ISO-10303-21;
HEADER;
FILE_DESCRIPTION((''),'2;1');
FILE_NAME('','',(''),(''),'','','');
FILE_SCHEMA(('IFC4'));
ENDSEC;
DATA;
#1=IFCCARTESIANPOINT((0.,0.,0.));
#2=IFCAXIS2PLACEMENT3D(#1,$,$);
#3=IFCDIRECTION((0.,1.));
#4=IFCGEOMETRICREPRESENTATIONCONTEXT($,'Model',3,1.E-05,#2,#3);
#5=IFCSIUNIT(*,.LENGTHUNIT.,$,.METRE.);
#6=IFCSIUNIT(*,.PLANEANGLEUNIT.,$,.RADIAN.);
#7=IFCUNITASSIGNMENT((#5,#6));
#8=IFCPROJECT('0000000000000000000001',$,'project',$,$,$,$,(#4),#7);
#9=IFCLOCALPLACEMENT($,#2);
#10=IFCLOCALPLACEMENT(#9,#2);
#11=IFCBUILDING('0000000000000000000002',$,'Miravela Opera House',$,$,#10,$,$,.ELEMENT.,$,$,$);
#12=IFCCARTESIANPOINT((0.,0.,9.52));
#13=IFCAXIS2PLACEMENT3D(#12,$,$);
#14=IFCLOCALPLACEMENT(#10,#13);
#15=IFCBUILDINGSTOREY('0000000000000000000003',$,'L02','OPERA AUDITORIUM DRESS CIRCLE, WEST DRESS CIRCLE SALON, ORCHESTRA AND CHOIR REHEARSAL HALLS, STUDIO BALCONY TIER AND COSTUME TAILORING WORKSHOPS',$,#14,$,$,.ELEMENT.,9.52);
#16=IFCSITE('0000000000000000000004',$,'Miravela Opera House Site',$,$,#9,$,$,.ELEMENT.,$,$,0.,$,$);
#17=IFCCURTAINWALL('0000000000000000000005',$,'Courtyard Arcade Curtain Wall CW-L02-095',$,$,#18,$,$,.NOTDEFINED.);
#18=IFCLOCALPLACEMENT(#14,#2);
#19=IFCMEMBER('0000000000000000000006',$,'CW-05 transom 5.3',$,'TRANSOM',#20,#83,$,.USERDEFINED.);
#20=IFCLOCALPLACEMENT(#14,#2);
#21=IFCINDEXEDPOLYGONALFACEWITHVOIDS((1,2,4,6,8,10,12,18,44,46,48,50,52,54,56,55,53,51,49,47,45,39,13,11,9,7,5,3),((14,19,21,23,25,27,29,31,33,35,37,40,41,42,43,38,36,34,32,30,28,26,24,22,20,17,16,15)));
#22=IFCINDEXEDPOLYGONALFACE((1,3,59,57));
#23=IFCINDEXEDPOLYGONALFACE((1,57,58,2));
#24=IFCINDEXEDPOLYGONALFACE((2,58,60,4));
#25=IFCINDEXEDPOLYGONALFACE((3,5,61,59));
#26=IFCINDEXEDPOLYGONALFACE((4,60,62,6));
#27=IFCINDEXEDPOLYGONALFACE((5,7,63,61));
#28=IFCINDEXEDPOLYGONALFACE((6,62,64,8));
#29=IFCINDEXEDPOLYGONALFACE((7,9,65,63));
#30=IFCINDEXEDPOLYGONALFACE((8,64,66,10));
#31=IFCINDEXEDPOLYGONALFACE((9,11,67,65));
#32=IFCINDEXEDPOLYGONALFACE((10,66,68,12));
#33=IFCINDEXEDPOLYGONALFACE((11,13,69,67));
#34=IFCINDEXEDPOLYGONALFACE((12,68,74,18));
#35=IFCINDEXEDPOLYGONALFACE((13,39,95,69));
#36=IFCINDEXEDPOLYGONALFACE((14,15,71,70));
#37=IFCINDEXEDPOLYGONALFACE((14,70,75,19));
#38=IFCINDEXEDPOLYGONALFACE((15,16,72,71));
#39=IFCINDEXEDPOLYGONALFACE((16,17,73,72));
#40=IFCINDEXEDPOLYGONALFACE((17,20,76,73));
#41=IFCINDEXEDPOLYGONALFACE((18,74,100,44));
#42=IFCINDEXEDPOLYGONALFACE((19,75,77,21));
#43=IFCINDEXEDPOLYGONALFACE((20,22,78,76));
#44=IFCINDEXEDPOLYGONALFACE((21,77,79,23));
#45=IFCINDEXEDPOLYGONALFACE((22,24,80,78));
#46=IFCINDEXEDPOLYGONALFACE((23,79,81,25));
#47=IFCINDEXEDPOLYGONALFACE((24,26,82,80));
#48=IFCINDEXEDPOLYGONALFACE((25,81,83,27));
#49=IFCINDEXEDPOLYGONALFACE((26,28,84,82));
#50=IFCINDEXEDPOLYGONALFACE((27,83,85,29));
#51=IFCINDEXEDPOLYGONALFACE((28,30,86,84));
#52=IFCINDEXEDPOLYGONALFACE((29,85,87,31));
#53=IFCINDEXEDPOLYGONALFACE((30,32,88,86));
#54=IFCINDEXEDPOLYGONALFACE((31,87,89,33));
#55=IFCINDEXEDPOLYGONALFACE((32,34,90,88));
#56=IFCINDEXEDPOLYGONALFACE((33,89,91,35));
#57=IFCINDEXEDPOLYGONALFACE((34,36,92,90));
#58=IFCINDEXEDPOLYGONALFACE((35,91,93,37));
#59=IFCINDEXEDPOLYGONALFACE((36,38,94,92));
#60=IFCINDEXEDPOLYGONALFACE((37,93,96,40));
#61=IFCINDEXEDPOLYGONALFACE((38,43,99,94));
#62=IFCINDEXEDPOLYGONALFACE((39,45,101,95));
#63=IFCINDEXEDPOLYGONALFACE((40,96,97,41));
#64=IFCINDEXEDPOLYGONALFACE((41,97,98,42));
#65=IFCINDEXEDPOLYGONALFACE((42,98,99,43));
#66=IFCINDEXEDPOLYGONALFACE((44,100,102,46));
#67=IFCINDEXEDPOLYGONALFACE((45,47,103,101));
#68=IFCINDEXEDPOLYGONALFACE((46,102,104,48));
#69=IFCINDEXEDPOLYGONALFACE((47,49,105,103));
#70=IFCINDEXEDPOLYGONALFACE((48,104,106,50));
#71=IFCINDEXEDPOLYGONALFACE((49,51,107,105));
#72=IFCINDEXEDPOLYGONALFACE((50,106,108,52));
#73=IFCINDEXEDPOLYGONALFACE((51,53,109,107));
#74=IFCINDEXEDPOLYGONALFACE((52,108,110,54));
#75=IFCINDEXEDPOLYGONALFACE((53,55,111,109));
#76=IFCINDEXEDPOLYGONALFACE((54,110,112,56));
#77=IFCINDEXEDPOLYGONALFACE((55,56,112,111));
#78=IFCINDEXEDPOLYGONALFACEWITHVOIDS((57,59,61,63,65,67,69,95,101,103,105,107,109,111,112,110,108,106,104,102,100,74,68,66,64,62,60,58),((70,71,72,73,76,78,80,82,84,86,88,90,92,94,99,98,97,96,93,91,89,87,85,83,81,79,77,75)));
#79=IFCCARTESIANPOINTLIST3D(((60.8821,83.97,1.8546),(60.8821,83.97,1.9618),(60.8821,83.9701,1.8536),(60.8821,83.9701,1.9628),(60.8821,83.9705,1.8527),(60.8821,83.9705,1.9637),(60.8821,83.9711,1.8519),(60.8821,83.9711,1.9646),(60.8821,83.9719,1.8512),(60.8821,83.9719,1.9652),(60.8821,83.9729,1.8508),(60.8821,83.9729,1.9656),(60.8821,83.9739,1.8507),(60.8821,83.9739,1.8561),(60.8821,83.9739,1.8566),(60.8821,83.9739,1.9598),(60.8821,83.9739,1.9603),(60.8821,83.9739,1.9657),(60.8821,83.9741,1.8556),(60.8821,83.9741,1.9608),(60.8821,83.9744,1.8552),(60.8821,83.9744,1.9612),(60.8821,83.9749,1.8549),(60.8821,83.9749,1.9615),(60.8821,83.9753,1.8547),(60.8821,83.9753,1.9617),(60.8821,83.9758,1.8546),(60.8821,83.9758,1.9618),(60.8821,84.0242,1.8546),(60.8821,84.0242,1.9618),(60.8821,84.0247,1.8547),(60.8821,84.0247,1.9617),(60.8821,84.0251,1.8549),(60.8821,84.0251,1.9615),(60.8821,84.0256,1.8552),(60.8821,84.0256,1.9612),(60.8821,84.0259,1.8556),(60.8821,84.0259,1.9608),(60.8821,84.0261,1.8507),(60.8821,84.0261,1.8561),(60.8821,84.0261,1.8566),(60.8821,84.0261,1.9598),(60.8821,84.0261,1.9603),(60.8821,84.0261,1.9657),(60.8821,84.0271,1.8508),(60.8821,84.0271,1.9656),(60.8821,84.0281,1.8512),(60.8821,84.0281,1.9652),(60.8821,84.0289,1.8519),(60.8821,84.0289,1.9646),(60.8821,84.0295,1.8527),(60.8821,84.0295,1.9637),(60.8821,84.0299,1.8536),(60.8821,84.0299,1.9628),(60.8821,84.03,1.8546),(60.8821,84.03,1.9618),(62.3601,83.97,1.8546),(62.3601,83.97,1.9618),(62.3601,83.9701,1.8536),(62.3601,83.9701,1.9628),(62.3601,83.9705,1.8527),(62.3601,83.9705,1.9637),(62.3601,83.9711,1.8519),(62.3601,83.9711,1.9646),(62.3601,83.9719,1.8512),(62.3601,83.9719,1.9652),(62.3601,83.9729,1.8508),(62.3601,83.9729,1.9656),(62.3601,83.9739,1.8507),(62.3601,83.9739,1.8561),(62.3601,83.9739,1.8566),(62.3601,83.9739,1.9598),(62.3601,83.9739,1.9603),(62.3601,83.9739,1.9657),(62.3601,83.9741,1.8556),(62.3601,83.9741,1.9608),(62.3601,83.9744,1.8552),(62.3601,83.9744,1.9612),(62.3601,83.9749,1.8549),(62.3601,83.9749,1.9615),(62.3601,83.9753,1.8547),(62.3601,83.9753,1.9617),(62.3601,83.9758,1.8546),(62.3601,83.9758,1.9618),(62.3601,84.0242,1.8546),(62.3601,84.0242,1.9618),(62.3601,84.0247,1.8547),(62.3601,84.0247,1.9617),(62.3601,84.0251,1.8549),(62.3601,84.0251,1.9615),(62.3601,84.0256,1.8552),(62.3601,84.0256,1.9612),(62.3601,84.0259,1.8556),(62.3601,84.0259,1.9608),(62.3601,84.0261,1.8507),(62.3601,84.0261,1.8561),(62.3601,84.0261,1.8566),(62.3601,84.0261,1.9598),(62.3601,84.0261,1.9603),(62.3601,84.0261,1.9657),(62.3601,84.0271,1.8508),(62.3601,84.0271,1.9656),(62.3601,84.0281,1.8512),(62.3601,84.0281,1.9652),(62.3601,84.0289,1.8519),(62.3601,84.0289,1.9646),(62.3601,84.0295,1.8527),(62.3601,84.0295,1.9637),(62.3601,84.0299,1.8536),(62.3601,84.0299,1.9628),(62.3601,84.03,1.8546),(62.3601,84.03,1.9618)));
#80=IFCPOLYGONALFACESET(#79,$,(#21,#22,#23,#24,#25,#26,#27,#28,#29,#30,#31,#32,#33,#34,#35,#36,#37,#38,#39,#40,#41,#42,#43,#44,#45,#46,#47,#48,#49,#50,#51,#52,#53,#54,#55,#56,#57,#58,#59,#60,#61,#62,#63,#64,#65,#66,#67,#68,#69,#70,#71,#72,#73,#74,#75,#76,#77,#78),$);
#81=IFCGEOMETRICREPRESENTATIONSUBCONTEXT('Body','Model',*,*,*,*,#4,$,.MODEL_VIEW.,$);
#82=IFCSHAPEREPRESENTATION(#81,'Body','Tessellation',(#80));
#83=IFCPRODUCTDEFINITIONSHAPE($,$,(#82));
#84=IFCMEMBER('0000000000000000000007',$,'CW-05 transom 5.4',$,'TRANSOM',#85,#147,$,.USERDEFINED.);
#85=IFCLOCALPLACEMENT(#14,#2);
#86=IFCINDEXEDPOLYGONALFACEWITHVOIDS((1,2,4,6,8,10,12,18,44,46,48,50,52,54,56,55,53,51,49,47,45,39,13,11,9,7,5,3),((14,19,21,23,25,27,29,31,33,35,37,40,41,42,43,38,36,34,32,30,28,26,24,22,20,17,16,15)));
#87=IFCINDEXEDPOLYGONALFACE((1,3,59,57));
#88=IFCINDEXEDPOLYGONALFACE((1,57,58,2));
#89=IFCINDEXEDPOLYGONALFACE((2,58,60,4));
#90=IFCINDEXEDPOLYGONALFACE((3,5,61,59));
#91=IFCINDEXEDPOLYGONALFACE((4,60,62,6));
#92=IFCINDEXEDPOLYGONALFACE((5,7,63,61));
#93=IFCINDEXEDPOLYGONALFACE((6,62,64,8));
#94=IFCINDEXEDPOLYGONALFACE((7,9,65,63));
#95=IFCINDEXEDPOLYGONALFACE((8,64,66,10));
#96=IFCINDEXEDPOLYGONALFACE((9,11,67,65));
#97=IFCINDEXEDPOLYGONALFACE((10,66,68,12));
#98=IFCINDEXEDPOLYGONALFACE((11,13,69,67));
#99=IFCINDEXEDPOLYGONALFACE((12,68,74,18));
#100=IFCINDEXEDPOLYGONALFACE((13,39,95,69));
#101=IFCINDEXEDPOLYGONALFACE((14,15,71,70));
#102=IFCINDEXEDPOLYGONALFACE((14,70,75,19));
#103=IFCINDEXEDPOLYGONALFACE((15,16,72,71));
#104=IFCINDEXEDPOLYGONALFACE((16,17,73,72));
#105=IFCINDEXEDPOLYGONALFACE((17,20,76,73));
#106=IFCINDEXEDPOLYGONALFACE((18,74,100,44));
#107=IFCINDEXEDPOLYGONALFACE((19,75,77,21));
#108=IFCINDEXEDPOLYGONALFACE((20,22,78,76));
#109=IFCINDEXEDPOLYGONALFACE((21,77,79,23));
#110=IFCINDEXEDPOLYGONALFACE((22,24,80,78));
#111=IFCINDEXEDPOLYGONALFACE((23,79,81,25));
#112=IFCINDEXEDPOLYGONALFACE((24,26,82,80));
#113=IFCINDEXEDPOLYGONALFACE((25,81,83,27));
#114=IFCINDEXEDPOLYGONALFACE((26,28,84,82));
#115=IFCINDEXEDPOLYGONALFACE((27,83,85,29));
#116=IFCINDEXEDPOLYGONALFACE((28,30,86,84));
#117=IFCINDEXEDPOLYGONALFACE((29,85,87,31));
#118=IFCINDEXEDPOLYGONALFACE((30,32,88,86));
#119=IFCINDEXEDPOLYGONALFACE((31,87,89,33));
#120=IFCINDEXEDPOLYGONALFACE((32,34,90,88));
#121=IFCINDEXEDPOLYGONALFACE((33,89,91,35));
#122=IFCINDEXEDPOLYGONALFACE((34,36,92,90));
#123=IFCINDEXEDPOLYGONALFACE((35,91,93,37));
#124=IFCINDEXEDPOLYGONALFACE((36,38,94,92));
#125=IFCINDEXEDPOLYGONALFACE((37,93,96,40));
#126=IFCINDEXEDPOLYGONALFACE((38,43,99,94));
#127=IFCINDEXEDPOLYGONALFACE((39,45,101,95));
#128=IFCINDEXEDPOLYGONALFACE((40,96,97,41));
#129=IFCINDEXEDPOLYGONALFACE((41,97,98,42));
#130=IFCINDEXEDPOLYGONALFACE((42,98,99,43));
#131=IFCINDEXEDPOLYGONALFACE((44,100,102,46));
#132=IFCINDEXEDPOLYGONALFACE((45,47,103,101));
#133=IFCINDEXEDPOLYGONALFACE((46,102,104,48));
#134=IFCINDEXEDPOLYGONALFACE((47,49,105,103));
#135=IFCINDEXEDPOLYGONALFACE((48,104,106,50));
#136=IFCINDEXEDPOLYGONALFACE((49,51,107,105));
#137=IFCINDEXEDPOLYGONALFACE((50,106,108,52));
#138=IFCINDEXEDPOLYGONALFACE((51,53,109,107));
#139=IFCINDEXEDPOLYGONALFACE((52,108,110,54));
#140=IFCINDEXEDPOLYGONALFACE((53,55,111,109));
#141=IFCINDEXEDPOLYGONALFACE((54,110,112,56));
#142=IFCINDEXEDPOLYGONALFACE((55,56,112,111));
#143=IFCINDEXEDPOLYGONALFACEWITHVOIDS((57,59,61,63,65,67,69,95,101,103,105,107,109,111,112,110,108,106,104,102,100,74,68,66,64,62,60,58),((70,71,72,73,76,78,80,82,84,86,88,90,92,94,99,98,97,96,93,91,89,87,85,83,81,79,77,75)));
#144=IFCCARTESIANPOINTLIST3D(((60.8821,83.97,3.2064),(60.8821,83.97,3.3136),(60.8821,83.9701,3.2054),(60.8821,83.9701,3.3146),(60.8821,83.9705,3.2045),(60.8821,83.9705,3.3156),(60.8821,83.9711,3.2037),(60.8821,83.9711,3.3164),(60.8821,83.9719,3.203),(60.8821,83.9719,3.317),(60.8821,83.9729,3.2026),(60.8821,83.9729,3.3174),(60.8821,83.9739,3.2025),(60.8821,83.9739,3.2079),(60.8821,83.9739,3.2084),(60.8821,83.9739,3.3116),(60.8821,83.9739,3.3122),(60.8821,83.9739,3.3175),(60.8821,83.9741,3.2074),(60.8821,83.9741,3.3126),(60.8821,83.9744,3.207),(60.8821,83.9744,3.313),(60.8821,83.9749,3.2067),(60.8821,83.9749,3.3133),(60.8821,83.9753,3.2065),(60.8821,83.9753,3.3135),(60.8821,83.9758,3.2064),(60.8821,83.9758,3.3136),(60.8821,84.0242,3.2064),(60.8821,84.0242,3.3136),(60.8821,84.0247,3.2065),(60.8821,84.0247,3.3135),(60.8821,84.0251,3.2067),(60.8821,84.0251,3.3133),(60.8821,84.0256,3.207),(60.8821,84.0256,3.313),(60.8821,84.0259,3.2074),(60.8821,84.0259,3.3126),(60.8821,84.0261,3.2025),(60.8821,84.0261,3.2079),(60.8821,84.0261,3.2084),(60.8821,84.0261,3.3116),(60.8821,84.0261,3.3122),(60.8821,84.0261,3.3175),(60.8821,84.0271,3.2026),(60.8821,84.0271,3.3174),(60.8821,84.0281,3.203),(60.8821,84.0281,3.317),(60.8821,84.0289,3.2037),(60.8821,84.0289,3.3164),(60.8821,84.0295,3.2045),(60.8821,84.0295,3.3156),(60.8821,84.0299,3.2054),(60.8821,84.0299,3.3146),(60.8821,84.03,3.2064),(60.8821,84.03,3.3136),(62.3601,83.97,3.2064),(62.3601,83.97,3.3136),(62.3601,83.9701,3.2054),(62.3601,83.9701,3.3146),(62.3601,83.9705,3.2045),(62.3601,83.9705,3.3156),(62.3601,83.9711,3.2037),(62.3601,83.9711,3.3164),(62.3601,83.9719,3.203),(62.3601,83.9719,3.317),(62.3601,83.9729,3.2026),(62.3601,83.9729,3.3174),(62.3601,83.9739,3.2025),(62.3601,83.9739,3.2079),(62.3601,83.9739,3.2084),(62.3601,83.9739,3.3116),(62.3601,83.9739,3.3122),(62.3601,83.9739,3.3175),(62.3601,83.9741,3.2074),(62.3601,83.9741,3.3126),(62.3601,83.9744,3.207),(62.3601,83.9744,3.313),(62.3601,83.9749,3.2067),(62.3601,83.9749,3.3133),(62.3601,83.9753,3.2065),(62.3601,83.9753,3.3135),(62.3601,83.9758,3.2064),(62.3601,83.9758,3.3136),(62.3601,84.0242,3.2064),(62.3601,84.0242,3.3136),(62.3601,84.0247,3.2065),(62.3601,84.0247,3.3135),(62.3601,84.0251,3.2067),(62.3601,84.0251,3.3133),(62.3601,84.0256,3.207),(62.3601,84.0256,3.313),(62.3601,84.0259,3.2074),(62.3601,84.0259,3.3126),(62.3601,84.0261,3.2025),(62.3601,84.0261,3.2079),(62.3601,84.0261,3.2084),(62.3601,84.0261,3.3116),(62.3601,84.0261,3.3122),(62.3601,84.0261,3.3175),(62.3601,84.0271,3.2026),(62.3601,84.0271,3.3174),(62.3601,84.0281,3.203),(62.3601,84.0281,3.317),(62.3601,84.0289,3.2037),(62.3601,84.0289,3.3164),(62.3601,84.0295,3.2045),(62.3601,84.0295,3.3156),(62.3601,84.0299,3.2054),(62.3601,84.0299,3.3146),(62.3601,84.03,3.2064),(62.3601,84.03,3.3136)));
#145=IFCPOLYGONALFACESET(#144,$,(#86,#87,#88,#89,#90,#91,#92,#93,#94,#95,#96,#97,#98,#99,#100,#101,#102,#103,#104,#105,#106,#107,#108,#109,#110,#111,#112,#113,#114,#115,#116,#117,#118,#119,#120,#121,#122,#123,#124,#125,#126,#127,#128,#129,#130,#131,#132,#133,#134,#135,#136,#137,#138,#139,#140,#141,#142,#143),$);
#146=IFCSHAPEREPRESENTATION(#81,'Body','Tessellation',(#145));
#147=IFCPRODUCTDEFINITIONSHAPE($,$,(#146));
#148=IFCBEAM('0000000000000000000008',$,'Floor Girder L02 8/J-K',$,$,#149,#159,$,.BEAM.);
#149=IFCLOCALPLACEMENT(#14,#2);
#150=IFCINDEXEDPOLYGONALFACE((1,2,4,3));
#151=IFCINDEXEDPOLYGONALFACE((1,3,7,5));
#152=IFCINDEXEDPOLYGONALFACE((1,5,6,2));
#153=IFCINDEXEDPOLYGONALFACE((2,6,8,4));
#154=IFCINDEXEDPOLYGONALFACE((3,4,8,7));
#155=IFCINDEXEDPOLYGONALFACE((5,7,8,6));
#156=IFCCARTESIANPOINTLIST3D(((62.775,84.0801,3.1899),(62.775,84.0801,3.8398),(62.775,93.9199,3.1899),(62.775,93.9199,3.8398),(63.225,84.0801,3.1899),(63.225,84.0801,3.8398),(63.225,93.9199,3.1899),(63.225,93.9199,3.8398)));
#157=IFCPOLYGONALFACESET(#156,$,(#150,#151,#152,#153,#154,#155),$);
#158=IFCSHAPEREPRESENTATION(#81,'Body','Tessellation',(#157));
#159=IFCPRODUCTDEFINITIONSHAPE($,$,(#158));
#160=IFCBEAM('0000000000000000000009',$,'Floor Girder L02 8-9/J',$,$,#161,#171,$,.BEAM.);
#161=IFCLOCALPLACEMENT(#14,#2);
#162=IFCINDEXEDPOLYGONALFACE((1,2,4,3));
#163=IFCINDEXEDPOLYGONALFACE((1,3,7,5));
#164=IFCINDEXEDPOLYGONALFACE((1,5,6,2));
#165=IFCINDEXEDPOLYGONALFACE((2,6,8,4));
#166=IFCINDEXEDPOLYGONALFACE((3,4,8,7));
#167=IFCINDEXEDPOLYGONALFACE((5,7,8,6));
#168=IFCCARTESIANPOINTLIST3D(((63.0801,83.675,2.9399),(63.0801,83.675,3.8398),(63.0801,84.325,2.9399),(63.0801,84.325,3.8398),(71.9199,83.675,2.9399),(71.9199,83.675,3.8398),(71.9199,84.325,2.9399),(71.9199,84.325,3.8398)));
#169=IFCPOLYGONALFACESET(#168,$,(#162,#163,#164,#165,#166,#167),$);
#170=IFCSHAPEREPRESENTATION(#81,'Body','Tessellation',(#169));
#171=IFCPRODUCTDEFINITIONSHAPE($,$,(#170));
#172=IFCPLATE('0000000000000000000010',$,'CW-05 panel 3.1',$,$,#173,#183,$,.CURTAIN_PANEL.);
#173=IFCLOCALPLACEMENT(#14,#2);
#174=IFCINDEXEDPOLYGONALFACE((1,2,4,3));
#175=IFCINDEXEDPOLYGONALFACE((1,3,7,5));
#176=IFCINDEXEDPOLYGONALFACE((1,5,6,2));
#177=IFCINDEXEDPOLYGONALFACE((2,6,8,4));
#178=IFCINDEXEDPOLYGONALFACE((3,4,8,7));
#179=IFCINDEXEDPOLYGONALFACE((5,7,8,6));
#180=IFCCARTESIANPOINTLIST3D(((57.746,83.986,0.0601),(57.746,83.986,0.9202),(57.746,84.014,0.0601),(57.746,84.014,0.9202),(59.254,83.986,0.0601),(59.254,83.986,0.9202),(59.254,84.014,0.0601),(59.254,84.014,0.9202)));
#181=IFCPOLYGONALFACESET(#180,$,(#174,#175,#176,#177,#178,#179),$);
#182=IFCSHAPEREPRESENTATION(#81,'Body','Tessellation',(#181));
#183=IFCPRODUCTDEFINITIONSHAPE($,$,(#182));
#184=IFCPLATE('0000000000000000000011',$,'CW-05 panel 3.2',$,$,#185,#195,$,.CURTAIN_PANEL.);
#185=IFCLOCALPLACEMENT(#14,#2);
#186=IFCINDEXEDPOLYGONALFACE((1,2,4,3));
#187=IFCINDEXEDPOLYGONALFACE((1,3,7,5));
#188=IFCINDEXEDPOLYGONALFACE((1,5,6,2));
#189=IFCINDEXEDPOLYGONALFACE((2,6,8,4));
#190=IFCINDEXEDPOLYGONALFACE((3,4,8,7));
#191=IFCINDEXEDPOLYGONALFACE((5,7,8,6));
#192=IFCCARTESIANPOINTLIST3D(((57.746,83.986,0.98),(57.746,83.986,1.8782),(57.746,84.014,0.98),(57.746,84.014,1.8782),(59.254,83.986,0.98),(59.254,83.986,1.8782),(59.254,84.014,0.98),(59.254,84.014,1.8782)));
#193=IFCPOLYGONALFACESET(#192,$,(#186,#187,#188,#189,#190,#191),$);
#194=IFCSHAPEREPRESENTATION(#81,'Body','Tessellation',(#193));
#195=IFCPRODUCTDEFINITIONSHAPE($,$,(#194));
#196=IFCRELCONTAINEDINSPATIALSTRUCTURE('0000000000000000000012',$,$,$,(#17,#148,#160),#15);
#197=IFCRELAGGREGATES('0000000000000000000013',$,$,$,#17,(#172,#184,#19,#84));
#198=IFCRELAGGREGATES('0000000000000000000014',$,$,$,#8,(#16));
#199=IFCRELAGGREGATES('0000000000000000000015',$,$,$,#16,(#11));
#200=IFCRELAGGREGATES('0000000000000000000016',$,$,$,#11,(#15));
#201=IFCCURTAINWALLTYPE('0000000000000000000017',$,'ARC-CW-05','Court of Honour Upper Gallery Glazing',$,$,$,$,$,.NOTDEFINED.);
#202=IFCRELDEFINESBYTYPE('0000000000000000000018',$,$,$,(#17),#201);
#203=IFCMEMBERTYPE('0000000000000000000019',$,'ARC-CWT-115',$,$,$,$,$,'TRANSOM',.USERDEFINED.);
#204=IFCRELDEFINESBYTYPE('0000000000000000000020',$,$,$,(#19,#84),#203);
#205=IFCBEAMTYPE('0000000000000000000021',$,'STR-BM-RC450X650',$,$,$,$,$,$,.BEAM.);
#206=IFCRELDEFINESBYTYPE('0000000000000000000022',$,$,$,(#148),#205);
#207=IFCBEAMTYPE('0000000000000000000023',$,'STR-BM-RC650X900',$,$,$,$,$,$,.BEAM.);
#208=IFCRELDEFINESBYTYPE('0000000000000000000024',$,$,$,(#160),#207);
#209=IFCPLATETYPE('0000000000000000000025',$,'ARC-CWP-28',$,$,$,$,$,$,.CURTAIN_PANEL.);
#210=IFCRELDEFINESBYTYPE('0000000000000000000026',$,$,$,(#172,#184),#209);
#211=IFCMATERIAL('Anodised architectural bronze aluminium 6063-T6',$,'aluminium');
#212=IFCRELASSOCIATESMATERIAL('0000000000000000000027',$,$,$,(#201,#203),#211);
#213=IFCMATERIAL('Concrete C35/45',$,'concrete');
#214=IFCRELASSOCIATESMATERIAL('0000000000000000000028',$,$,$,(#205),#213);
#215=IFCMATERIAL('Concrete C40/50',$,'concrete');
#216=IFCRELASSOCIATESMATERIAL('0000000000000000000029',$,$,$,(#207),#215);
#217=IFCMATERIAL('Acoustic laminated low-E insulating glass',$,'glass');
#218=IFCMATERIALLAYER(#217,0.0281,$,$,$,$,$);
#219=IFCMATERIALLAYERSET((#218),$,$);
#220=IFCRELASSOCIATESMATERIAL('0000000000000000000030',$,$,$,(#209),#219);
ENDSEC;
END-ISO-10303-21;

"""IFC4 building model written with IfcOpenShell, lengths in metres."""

from ifc_helpers import new_model, si_unit, direction, frame, origin, origin_2d, place, context, subcontext, project, spatial, rectangle, hollow_rectangle, extrude, material, layer, layer_set, material_profile, profile_set, type_object, element, aggregate, save


model = new_model("IFC4")

# Units and contexts
model_context = context("Model", 3, precision=1e-05, world=origin(), true_north=direction((0.0, 1.0)))
body_context = subcontext(model_context, "Body", "Model", "MODEL_VIEW")
ifc_project = project(units=[si_unit("LENGTHUNIT", "METRE"), si_unit("PLANEANGLEUNIT", "RADIAN")], contexts=[model_context])

# Site, building, storey
site_placement = place(None, origin())
site = spatial("IfcSite", under=ifc_project, at=site_placement, Name="Miravela Opera House Site", CompositionType="ELEMENT", RefElevation=0.0)
building_placement = place(site_placement, origin())
building = spatial("IfcBuilding", under=site, at=building_placement, Name="Miravela Opera House", CompositionType="ELEMENT")
storey_placement = place(building_placement, frame((0.0, 0.0, 9.52)))
storey = spatial("IfcBuildingStorey", under=building, at=storey_placement, Name="L02", Description="OPERA AUDITORIUM DRESS CIRCLE, WEST DRESS CIRCLE SALON, ORCHESTRA AND CHOIR REHEARSAL HALLS, STUDIO BALCONY TIER AND COSTUME TAILORING WORKSHOPS", CompositionType="ELEMENT", Elevation=9.52)

# Shared definitions
ifc_material_1 = material(Name="Concrete C35/45", Category="concrete")

# Curtain wall
ifc_material_2 = material(Name="Anodised architectural bronze aluminium 6063-T6", Category="aluminium")
curtain_wall_type = type_object("IfcCurtainWallType", Name="ARC-CW-05", Description="Court of Honour Upper Gallery Glazing", PredefinedType="NOTDEFINED", material=ifc_material_2)
curtain_wall_1_placement = place(storey_placement, origin())
curtain_wall_1 = element("IfcCurtainWall", 1, at=curtain_wall_1_placement, inside=storey, type_object=curtain_wall_type, Name="Courtyard Arcade Curtain Wall CW-L02-095", PredefinedType="NOTDEFINED")

# Members
ifc_material_profile_1 = material_profile(ifc_material_2, hollow_rectangle(XDim=0.0601, YDim=0.115, WallThickness=0.0039, InnerFilletRadius=0.002, OuterFilletRadius=0.0039, at=origin_2d()), Name="CWT-60X115")
ifc_profile_set_1 = profile_set([ifc_material_profile_1])
member_type_1 = type_object("IfcMemberType", Name="ARC-CWT-115", ElementType="TRANSOM", PredefinedType="USERDEFINED", material=ifc_profile_set_1)
member_1_placement = place(storey_placement, frame((60.8821, 84.0, 1.9082), z_axis=(1.0, 0.0, 0.0), x_axis=(0.0, 1.0, 0.0)))
member_1 = element("IfcMember", 2, at=member_1_placement, type_object=member_type_1, Name="CW-05 transom 5.3", ObjectType="TRANSOM", PredefinedType="USERDEFINED", context=body_context, shape_type="SweptSolid", body=[
    extrude(hollow_rectangle(XDim=0.0601, YDim=0.115, WallThickness=0.0039, InnerFilletRadius=0.002, OuterFilletRadius=0.0039, at=origin_2d()), origin(), (0.0, 0.0, 1.0), 1.478),
])
member_2_placement = place(storey_placement, frame((60.8821, 84.0, 3.26), z_axis=(1.0, 0.0, 0.0), x_axis=(0.0, 1.0, 0.0)))
member_2 = element("IfcMember", 3, at=member_2_placement, type_object=member_type_1, Name="CW-05 transom 5.4", ObjectType="TRANSOM", PredefinedType="USERDEFINED", context=body_context, shape_type="SweptSolid", body=[
    extrude(hollow_rectangle(XDim=0.0601, YDim=0.115, WallThickness=0.0039, InnerFilletRadius=0.002, OuterFilletRadius=0.0039, at=origin_2d()), origin(), (0.0, 0.0, 1.0), 1.478),
])

# Beams
ifc_material_profile_2 = material_profile(ifc_material_1, rectangle(XDim=0.45, YDim=0.6499, at=origin_2d()), Name="RC-BM-450X650")
ifc_profile_set_2 = profile_set([ifc_material_profile_2])
beam_type_1 = type_object("IfcBeamType", Name="STR-BM-RC450X650", PredefinedType="BEAM", material=ifc_profile_set_2)
beam_1_placement = place(storey_placement, frame((63.0, 84.0801, 3.5149), z_axis=(0.0, 1.0, 0.0), x_axis=(-1.0, 0.0, 0.0)))
element("IfcBeam", 4, at=beam_1_placement, inside=storey, type_object=beam_type_1, Name="Floor Girder L02 8/J-K", PredefinedType="BEAM", context=body_context, shape_type="SweptSolid", body=[
    extrude(rectangle(XDim=0.45, YDim=0.6499, at=origin_2d()), origin(), (0.0, 0.0, 1.0), 9.8398),
])
ifc_material_3 = material(Name="Concrete C40/50", Category="concrete")
ifc_material_profile_3 = material_profile(ifc_material_3, rectangle(XDim=0.6499, YDim=0.8999, at=origin_2d()), Name="RC-BM-650X900")
ifc_profile_set_3 = profile_set([ifc_material_profile_3])
beam_type_2 = type_object("IfcBeamType", Name="STR-BM-RC650X900", PredefinedType="BEAM", material=ifc_profile_set_3)
beam_2_placement = place(storey_placement, frame((63.0801, 84.0, 3.3899), z_axis=(1.0, 0.0, 0.0), x_axis=(0.0, 1.0, 0.0)))
element("IfcBeam", 5, at=beam_2_placement, inside=storey, type_object=beam_type_2, Name="Floor Girder L02 8-9/J", PredefinedType="BEAM", context=body_context, shape_type="SweptSolid", body=[
    extrude(rectangle(XDim=0.6499, YDim=0.8999, at=origin_2d()), origin(), (0.0, 0.0, 1.0), 8.8398),
])

# Plates
ifc_material_4 = material(Name="Acoustic laminated low-E insulating glass", Category="glass")
ifc_layer = layer(ifc_material_4, 0.0281)
ifc_layer_set = layer_set([ifc_layer])
plate_type = type_object("IfcPlateType", Name="ARC-CWP-28", PredefinedType="CURTAIN_PANEL", material=ifc_layer_set)
plate_1_placement = place(storey_placement, frame((58.5, 84.0, 0.0601), z_axis=(0.0, 0.0, 1.0), x_axis=(1.0, 0.0, 0.0)))
plate_1 = element("IfcPlate", 6, at=plate_1_placement, type_object=plate_type, Name="CW-05 panel 3.1", PredefinedType="CURTAIN_PANEL", context=body_context, shape_type="SweptSolid", body=[
    extrude(rectangle(XDim=1.5081, YDim=0.0281, at=origin_2d()), origin(), (0.0, 0.0, 1.0), 0.8601),
])
plate_2_placement = place(storey_placement, frame((58.5, 84.0, 0.98), z_axis=(0.0, 0.0, 1.0), x_axis=(1.0, 0.0, 0.0)))
plate_2 = element("IfcPlate", 7, at=plate_2_placement, type_object=plate_type, Name="CW-05 panel 3.2", PredefinedType="CURTAIN_PANEL", context=body_context, shape_type="SweptSolid", body=[
    extrude(rectangle(XDim=1.5081, YDim=0.0281, at=origin_2d()), origin(), (0.0, 0.0, 1.0), 0.8982),
])
aggregate(curtain_wall_1, [plate_1, plate_2, member_1, member_2])

save(model, "model.ifc")
